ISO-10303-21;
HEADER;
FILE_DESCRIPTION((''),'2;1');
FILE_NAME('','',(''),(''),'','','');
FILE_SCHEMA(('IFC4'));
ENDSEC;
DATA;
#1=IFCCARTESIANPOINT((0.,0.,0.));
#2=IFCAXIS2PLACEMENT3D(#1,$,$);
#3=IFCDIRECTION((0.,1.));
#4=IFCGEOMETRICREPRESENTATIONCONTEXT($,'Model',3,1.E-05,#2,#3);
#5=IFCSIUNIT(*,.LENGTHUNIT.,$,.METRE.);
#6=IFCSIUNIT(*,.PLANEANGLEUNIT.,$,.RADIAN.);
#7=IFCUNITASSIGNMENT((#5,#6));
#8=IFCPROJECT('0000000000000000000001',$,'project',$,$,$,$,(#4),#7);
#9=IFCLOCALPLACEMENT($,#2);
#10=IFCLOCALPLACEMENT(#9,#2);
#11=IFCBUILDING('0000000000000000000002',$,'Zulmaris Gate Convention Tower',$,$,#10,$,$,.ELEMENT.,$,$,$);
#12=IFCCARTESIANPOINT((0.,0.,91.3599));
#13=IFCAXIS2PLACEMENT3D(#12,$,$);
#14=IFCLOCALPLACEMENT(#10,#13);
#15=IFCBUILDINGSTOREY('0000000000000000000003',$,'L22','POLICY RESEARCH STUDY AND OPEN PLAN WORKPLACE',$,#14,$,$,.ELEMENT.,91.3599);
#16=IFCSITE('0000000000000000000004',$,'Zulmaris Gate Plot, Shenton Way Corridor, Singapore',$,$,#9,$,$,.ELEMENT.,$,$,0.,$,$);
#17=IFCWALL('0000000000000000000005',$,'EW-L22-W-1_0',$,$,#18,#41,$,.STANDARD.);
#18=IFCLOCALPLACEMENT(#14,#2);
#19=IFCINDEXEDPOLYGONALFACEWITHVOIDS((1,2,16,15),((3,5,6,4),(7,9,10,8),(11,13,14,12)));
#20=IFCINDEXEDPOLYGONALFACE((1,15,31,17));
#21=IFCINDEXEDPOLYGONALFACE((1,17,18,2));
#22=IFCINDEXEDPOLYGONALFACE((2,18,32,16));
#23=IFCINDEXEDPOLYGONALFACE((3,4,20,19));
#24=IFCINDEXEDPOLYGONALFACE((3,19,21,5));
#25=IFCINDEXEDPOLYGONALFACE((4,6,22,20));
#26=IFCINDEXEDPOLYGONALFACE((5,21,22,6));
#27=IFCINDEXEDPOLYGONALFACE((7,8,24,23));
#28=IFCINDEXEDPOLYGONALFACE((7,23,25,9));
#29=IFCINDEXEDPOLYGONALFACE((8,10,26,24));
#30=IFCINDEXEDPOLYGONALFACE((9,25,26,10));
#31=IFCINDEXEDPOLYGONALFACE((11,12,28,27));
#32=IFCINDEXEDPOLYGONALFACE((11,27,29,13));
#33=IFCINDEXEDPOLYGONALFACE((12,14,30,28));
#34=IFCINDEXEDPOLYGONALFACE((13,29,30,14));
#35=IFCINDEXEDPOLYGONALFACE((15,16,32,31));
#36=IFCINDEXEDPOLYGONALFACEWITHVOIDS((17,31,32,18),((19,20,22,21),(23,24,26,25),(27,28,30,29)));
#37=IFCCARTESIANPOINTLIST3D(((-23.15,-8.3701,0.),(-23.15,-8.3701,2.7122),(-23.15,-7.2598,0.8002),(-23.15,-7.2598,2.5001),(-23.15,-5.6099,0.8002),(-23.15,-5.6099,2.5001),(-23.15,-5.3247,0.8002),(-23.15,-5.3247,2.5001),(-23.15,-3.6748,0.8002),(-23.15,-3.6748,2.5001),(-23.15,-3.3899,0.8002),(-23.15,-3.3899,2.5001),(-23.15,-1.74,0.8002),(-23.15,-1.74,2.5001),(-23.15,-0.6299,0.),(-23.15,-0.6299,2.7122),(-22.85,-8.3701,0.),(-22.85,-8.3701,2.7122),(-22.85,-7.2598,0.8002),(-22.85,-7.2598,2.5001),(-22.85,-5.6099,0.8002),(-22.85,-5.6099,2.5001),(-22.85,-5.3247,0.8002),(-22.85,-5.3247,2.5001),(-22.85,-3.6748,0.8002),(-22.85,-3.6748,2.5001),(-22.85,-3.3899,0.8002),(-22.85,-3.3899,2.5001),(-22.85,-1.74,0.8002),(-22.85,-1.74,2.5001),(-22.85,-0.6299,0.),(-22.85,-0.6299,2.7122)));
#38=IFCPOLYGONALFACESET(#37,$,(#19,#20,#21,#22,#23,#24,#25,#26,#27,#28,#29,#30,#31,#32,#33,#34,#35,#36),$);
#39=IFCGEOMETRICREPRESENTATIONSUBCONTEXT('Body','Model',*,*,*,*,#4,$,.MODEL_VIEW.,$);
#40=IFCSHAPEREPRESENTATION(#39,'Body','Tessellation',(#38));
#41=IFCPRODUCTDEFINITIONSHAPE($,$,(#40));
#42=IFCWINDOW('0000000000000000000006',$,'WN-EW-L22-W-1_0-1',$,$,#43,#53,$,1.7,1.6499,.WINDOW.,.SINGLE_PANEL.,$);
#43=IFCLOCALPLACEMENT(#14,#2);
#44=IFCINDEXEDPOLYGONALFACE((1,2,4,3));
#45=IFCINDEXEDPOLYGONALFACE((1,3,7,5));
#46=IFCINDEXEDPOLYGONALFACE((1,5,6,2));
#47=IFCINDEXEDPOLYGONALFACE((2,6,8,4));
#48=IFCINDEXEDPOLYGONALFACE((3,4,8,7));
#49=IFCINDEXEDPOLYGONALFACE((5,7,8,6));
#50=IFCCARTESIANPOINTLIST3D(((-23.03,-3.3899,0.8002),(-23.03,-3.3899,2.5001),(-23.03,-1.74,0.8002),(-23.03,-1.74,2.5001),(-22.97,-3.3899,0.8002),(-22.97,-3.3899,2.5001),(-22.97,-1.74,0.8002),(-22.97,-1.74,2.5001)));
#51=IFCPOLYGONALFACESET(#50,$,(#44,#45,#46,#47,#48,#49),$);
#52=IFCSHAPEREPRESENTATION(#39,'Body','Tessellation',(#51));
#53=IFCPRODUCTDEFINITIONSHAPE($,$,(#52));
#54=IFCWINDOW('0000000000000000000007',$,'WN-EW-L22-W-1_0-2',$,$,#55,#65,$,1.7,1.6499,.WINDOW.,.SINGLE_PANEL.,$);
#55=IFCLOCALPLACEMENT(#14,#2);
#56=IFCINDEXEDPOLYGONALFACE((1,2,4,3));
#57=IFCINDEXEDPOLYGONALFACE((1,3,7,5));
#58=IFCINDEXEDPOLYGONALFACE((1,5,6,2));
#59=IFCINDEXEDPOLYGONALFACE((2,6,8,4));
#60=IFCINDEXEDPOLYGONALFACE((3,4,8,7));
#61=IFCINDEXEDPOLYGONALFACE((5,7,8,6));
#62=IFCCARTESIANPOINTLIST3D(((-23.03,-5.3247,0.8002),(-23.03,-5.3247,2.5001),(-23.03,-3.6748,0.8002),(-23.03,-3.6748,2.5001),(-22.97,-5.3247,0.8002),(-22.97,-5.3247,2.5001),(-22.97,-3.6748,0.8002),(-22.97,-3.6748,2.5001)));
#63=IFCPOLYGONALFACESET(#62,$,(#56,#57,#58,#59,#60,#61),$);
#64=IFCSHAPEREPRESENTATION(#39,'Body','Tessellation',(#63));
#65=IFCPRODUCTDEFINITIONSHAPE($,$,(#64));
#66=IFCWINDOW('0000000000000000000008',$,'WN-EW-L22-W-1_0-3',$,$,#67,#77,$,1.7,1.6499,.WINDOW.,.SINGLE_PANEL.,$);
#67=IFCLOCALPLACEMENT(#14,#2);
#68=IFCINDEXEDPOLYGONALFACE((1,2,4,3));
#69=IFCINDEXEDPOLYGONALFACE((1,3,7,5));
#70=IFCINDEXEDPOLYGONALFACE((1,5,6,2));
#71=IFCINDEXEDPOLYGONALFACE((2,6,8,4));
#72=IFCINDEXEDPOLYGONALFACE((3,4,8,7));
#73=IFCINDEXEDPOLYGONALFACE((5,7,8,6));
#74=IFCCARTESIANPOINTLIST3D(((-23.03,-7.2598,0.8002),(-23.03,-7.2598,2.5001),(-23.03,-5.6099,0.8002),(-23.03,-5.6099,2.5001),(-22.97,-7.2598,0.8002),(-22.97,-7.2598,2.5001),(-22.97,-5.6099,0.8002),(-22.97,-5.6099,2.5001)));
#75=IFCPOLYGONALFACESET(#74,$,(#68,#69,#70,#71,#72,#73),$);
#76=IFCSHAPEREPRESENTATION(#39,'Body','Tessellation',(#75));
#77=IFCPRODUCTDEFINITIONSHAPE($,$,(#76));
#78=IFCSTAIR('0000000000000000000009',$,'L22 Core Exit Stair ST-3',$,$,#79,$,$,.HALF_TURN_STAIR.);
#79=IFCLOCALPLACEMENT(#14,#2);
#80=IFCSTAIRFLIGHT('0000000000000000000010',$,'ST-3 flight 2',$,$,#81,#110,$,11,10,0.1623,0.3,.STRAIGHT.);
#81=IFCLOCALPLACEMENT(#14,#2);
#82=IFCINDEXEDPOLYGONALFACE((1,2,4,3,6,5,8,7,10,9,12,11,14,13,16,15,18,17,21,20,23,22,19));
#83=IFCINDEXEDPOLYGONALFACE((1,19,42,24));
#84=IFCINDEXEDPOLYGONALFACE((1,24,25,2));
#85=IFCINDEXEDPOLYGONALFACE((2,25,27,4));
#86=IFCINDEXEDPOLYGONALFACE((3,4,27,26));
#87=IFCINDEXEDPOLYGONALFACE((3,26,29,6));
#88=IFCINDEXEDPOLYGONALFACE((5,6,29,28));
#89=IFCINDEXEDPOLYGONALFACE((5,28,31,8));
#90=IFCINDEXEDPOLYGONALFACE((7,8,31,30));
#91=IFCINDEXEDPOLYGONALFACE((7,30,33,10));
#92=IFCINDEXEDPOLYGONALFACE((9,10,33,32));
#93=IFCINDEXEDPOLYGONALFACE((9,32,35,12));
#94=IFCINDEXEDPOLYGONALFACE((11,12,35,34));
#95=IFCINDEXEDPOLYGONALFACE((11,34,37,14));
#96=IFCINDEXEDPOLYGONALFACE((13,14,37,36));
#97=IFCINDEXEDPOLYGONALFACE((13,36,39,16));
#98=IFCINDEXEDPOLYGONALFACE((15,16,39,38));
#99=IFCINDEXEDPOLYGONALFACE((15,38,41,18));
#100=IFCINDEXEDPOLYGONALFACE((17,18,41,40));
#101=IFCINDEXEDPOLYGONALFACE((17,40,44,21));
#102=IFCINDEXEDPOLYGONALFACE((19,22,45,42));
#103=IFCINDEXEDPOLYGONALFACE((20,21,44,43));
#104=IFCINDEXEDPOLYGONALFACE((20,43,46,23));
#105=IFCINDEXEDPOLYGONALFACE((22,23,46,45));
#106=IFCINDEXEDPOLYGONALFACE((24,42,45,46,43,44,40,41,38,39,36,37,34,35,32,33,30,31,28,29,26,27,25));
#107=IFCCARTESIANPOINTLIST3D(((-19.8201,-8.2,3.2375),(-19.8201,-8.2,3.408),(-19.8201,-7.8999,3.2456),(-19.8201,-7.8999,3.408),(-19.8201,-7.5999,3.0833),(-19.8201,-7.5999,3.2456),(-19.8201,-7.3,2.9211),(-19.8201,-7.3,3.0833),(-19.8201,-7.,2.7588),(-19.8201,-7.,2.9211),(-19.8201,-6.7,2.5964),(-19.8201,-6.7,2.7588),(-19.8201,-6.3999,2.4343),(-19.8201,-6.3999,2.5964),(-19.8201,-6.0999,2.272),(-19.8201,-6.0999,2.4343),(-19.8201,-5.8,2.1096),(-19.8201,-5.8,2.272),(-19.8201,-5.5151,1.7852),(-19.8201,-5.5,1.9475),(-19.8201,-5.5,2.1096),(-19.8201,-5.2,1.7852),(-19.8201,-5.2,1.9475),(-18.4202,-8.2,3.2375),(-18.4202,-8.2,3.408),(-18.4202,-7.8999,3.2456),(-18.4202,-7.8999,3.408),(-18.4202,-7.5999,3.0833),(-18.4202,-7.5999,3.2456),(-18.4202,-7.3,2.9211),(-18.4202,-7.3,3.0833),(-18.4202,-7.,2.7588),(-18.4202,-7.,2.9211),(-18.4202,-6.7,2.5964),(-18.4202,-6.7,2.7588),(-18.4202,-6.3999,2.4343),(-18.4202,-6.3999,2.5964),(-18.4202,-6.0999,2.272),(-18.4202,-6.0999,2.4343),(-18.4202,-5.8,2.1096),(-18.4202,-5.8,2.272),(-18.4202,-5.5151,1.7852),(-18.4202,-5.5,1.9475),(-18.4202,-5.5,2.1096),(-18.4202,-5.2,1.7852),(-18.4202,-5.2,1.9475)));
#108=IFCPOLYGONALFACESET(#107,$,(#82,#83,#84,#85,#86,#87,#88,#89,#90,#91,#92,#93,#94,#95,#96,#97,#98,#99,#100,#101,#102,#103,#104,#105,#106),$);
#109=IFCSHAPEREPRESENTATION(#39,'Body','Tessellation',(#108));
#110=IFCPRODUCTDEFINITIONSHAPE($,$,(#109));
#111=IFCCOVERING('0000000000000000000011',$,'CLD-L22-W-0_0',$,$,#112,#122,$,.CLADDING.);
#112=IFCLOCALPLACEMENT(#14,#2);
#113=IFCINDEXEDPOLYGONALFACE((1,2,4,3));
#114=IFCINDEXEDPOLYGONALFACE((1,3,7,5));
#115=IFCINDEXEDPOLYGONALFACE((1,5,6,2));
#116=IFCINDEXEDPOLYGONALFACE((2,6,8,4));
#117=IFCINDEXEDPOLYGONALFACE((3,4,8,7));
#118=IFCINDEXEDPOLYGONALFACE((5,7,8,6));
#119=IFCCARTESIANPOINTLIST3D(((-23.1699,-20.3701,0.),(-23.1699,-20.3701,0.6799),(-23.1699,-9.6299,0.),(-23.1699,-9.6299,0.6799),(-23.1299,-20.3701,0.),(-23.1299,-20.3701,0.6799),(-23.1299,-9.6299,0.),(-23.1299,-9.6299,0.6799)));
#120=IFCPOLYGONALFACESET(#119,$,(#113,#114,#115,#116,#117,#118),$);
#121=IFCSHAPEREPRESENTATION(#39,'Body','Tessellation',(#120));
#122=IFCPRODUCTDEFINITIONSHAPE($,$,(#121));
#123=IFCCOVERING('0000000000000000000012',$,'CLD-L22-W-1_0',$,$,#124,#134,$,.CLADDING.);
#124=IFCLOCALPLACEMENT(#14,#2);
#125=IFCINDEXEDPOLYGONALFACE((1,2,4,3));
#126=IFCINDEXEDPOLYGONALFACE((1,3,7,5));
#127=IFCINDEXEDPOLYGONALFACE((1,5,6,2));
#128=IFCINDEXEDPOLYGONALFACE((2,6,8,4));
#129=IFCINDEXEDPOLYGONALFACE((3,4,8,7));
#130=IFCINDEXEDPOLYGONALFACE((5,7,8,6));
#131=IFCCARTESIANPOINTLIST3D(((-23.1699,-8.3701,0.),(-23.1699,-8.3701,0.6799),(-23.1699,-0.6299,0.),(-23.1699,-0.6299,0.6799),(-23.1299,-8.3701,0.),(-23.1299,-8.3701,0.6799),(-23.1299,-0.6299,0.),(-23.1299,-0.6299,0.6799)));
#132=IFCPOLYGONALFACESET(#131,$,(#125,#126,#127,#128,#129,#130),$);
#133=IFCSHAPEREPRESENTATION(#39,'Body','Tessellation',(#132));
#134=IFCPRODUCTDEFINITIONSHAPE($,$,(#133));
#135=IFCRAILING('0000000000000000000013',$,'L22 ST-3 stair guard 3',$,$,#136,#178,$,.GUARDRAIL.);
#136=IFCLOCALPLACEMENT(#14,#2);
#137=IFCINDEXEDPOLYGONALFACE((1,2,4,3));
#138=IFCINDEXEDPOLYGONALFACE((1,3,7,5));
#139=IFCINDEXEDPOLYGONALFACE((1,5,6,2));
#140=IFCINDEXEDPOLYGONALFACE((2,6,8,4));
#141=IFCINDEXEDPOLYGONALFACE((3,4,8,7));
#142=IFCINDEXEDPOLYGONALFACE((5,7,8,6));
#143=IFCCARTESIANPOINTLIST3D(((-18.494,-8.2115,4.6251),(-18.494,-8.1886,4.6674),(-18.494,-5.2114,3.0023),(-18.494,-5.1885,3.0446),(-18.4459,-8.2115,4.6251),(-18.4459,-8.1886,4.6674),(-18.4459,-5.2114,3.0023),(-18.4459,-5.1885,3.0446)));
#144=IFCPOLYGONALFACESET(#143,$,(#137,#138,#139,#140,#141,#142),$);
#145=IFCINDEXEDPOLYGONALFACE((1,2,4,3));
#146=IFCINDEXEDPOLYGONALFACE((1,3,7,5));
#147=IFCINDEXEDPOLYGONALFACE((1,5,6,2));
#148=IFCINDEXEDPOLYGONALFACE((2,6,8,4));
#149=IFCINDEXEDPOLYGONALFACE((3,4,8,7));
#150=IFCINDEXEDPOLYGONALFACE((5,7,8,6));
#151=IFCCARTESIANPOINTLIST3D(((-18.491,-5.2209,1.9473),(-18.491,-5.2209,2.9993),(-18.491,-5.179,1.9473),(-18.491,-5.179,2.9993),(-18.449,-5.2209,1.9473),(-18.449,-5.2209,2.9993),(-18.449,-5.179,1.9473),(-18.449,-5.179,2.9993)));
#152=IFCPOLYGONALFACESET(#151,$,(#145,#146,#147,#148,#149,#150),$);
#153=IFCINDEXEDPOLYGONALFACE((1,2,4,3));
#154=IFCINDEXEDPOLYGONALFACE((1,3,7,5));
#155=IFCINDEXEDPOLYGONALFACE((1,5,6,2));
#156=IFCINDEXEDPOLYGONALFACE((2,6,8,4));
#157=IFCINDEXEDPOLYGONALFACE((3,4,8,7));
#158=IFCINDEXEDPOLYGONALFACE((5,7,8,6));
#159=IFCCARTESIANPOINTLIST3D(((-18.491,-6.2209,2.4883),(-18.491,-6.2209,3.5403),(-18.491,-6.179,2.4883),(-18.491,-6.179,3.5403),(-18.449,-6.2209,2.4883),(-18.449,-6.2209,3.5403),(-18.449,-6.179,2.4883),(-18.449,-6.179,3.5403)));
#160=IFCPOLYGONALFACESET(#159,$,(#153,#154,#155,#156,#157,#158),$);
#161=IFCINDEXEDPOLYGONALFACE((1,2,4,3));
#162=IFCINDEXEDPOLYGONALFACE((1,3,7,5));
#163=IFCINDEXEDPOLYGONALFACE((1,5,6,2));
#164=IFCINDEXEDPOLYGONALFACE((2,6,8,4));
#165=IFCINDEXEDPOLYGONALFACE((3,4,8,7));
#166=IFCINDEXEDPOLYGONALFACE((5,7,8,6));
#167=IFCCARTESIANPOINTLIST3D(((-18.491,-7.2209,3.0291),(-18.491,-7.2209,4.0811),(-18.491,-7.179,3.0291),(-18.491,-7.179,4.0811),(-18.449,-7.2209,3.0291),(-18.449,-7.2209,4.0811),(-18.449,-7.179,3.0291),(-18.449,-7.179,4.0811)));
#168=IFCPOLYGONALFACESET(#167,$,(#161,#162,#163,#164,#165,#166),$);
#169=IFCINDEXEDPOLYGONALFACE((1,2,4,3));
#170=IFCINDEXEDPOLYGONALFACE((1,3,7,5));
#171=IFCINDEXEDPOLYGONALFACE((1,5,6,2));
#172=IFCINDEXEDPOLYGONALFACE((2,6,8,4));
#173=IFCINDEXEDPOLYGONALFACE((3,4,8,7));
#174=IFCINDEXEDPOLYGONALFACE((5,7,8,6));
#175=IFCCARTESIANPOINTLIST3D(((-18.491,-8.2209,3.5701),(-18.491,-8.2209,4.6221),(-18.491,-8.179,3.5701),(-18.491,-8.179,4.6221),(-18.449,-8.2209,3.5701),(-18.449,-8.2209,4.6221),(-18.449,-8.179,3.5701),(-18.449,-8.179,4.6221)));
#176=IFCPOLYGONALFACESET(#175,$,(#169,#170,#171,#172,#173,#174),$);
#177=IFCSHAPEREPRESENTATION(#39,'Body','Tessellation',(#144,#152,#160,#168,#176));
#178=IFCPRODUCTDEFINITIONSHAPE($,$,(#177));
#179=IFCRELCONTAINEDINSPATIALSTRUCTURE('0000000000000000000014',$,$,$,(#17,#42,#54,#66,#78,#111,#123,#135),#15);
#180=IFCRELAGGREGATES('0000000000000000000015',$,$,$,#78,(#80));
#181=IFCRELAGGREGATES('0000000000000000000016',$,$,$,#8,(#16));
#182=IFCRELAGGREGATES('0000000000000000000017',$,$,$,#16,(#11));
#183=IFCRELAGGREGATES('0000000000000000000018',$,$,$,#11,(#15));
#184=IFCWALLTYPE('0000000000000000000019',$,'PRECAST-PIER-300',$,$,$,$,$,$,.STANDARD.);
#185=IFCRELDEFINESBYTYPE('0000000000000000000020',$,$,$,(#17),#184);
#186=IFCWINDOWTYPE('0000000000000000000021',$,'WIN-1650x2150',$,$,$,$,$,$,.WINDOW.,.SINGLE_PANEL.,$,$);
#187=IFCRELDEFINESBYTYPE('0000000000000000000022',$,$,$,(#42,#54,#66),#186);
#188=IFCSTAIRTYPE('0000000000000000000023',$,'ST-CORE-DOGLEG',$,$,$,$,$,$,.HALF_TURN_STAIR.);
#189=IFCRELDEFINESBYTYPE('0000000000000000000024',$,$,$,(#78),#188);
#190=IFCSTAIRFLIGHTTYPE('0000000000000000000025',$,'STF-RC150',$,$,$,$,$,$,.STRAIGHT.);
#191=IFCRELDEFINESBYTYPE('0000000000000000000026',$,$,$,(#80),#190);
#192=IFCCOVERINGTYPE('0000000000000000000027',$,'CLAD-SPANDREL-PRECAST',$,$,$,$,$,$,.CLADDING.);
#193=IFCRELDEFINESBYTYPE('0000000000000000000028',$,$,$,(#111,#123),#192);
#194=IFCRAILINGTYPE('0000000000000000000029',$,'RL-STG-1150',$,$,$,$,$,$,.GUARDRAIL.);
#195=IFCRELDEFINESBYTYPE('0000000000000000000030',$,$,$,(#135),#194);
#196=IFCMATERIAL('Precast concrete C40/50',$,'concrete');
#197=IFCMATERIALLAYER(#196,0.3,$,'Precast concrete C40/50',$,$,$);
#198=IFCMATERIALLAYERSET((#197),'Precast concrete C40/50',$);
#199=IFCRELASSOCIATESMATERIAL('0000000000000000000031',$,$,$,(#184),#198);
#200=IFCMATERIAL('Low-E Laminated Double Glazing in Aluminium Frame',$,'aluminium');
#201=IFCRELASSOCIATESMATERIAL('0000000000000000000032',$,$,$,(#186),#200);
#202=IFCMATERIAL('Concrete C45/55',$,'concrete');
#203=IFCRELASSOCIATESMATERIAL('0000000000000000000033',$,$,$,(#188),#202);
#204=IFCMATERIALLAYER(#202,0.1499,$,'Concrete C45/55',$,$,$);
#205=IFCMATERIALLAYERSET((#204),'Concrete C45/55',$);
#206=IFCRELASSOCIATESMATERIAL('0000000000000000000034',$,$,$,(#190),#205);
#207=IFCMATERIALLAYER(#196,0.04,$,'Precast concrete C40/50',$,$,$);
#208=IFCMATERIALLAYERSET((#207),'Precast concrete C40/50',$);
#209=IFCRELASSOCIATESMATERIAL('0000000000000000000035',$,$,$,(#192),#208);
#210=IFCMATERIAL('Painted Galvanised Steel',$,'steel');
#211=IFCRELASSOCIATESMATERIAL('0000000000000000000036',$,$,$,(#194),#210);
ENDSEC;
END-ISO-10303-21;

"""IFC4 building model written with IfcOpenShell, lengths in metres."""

from ifc_helpers import new_model, si_unit, direction, frame, frame_2d, origin, origin_2d, place, context, subcontext, project, spatial, polyline, rectangle, outline, extrude, material, layer, layer_set, type_object, element, fill, aggregate, save


model = new_model("IFC4")

# Units and contexts
model_context = context("Model", 3, precision=1e-05, world=origin(), true_north=direction((0.0, 1.0)))
body_context = subcontext(model_context, "Body", "Model", "MODEL_VIEW")
ifc_project = project(units=[si_unit("LENGTHUNIT", "METRE"), si_unit("PLANEANGLEUNIT", "RADIAN")], contexts=[model_context])

# Site, building, storey
site_placement = place(None, origin())
site = spatial("IfcSite", under=ifc_project, at=site_placement, Name="Zulmaris Gate Plot, Shenton Way Corridor, Singapore", CompositionType="ELEMENT", RefElevation=0.0)
building_placement = place(site_placement, origin())
building = spatial("IfcBuilding", under=site, at=building_placement, Name="Zulmaris Gate Convention Tower", CompositionType="ELEMENT")
storey_placement = place(building_placement, frame((0.0, 0.0, 91.3599)))
storey = spatial("IfcBuildingStorey", under=building, at=storey_placement, Name="L22", Description="POLICY RESEARCH STUDY AND OPEN PLAN WORKPLACE", CompositionType="ELEMENT", Elevation=91.3599)

# Shared definitions
ifc_material_1 = material(Name="Precast concrete C40/50", Category="concrete")
ifc_layer_1 = layer(ifc_material_1, 0.3, Name="Precast concrete C40/50")
ifc_layer_set_1 = layer_set([ifc_layer_1], Name="Precast concrete C40/50")
wall_type_1 = type_object("IfcWallType", Name="PRECAST-PIER-300", PredefinedType="STANDARD", material=ifc_layer_set_1)

# Wall, openings, windows
wall_1_placement = place(storey_placement, frame((-23.0, -0.6299, 0.0), z_axis=(0.0, 0.0, 1.0), x_axis=(0.0, -1.0, 0.0)))
wall_1 = element("IfcWall", 1, at=wall_1_placement, inside=storey, type_object=wall_type_1, Name="EW-L22-W-1_0", PredefinedType="STANDARD", context=body_context, shape_type="SweptSolid", body=[
    extrude(rectangle(XDim=7.7402, YDim=0.3, at=frame_2d((3.8701, 0.0))), origin(), (0.0, 0.0, 1.0), 2.7122),
])
opening_1_placement = place(wall_1_placement, frame((1.1101, 0.0, 0.8)))
opening_1 = element("IfcOpeningElement", 2, at=opening_1_placement, cuts=wall_1, PredefinedType="OPENING", context=body_context, shape_type="SweptSolid", body=[
    extrude(rectangle(XDim=1.6499, YDim=1.7, at=frame_2d((0.825, 0.8501))), frame((0.0, 0.1602, 0.0), z_axis=(0.0, -1.0, 0.0), x_axis=(1.0, 0.0, 0.0)), (0.0, 0.0, 1.0), 0.3201),
])
opening_2_placement = place(wall_1_placement, frame((3.0449, 0.0, 0.8)))
opening_2 = element("IfcOpeningElement", 3, at=opening_2_placement, cuts=wall_1, PredefinedType="OPENING", context=body_context, shape_type="SweptSolid", body=[
    extrude(rectangle(XDim=1.6499, YDim=1.7, at=frame_2d((0.825, 0.8501))), frame((0.0, 0.1602, 0.0), z_axis=(0.0, -1.0, 0.0), x_axis=(1.0, 0.0, 0.0)), (0.0, 0.0, 1.0), 0.3201),
])
opening_3_placement = place(wall_1_placement, frame((4.98, 0.0, 0.8)))
opening_3 = element("IfcOpeningElement", 4, at=opening_3_placement, cuts=wall_1, PredefinedType="OPENING", context=body_context, shape_type="SweptSolid", body=[
    extrude(rectangle(XDim=1.6499, YDim=1.7, at=frame_2d((0.825, 0.8501))), frame((0.0, 0.1602, 0.0), z_axis=(0.0, -1.0, 0.0), x_axis=(1.0, 0.0, 0.0)), (0.0, 0.0, 1.0), 0.3201),
])
ifc_material_2 = material(Name="Low-E Laminated Double Glazing in Aluminium Frame", Category="aluminium")
window_type = type_object("IfcWindowType", Name="WIN-1650x2150", PartitioningType="SINGLE_PANEL", PredefinedType="WINDOW", material=ifc_material_2)
window_1_placement = place(opening_1_placement, origin())
window_1 = element("IfcWindow", 5, at=window_1_placement, inside=storey, type_object=window_type, Name="WN-EW-L22-W-1_0-1", OverallHeight=1.7, OverallWidth=1.6499, PartitioningType="SINGLE_PANEL", PredefinedType="WINDOW", context=body_context, shape_type="SweptSolid", body=[
    extrude(rectangle(XDim=1.6499, YDim=1.7, at=frame_2d((0.825, 0.8501))), frame((0.0, 0.03, 0.0), z_axis=(0.0, -1.0, 0.0), x_axis=(1.0, 0.0, 0.0)), (0.0, 0.0, 1.0), 0.0601),
])
fill(opening_1, window_1)
window_2_placement = place(opening_2_placement, origin())
window_2 = element("IfcWindow", 6, at=window_2_placement, inside=storey, type_object=window_type, Name="WN-EW-L22-W-1_0-2", OverallHeight=1.7, OverallWidth=1.6499, PartitioningType="SINGLE_PANEL", PredefinedType="WINDOW", context=body_context, shape_type="SweptSolid", body=[
    extrude(rectangle(XDim=1.6499, YDim=1.7, at=frame_2d((0.825, 0.8501))), frame((0.0, 0.03, 0.0), z_axis=(0.0, -1.0, 0.0), x_axis=(1.0, 0.0, 0.0)), (0.0, 0.0, 1.0), 0.0601),
])
fill(opening_2, window_2)
window_3_placement = place(opening_3_placement, origin())
window_3 = element("IfcWindow", 7, at=window_3_placement, inside=storey, type_object=window_type, Name="WN-EW-L22-W-1_0-3", OverallHeight=1.7, OverallWidth=1.6499, PartitioningType="SINGLE_PANEL", PredefinedType="WINDOW", context=body_context, shape_type="SweptSolid", body=[
    extrude(rectangle(XDim=1.6499, YDim=1.7, at=frame_2d((0.825, 0.8501))), frame((0.0, 0.03, 0.0), z_axis=(0.0, -1.0, 0.0), x_axis=(1.0, 0.0, 0.0)), (0.0, 0.0, 1.0), 0.0601),
])
fill(opening_3, window_3)

# Stair, stair flight
ifc_material_3 = material(Name="Concrete C45/55", Category="concrete")
stair_type = type_object("IfcStairType", Name="ST-CORE-DOGLEG", PredefinedType="HALF_TURN_STAIR", material=ifc_material_3)
stair_placement = place(storey_placement, origin())
stair = element("IfcStair", 8, at=stair_placement, inside=storey, type_object=stair_type, Name="L22 Core Exit Stair ST-3", PredefinedType="HALF_TURN_STAIR")
ifc_layer_2 = layer(ifc_material_3, 0.1499, Name="Concrete C45/55")
ifc_layer_set_2 = layer_set([ifc_layer_2], Name="Concrete C45/55")
stair_flight_type = type_object("IfcStairFlightType", Name="STF-RC150", PredefinedType="STRAIGHT", material=ifc_layer_set_2)
stair_flight_placement = place(storey_placement, frame((-19.1201, -5.2, 1.7852), z_axis=(0.0, 0.0, 1.0), x_axis=(0.0, -1.0, 0.0)))
stair_flight = element("IfcStairFlight", 9, at=stair_flight_placement, type_object=stair_flight_type, Name="ST-3 flight 2", NumberOfRisers=11, NumberOfTreads=10, PredefinedType="STRAIGHT", RiserHeight=0.1623, TreadLength=0.3, context=body_context, shape_type="SweptSolid", body=[
    extrude(outline(polyline([(0.0, 0.0), (0.0, 0.1624), (0.3, 0.1624), (0.3, 0.3245), (0.6001, 0.3245), (0.6001, 0.4868), (0.8999, 0.4868), (0.8999, 0.6492), (1.2, 0.6492), (1.2, 0.8113), (1.5, 0.8113), (1.5, 0.9736), (1.8, 0.9736), (1.8, 1.136), (2.1001, 1.136), (2.1001, 1.2981), (2.3999, 1.2981), (2.3999, 1.4604), (2.7, 1.4604), (2.7, 1.6228), (3.0, 1.6228), (3.0, 1.7849), (3.0, 1.4524), (0.3152, 0.0), (0.0, 0.0)])), frame((0.0, 0.7, 0.0), z_axis=(0.0, -1.0, 0.0), x_axis=(1.0, 0.0, 0.0)), (0.0, 0.0, 1.0), 1.3999),
])
aggregate(stair, [stair_flight])

# Coverings
ifc_layer_3 = layer(ifc_material_1, 0.04, Name="Precast concrete C40/50")
ifc_layer_set_3 = layer_set([ifc_layer_3], Name="Precast concrete C40/50")
covering_type = type_object("IfcCoveringType", Name="CLAD-SPANDREL-PRECAST", PredefinedType="CLADDING", material=ifc_layer_set_3)
covering_1_placement = place(storey_placement, frame((-23.1499, -9.6299, 0.0), z_axis=(0.0, 0.0, 1.0), x_axis=(0.0, -1.0, 0.0)))
element("IfcCovering", 10, at=covering_1_placement, inside=storey, type_object=covering_type, Name="CLD-L22-W-0_0", PredefinedType="CLADDING", context=body_context, shape_type="SweptSolid", body=[
    extrude(rectangle(XDim=10.7402, YDim=0.04, at=frame_2d((5.3701, 0.0))), origin(), (0.0, 0.0, 1.0), 0.6799),
])
covering_2_placement = place(storey_placement, frame((-23.1499, -0.6299, 0.0), z_axis=(0.0, 0.0, 1.0), x_axis=(0.0, -1.0, 0.0)))
element("IfcCovering", 11, at=covering_2_placement, inside=storey, type_object=covering_type, Name="CLD-L22-W-1_0", PredefinedType="CLADDING", context=body_context, shape_type="SweptSolid", body=[
    extrude(rectangle(XDim=7.7402, YDim=0.04, at=frame_2d((3.8701, 0.0))), origin(), (0.0, 0.0, 1.0), 0.6799),
])

# Railing
ifc_material_4 = material(Name="Painted Galvanised Steel", Category="steel")
railing_type_1 = type_object("IfcRailingType", Name="RL-STG-1150", PredefinedType="GUARDRAIL", material=ifc_material_4)
railing_1_placement = place(storey_placement, frame((-18.47, -5.2, 1.9473)))
element("IfcRailing", 12, at=railing_1_placement, inside=storey, type_object=railing_type_1, Name="L22 ST-3 stair guard 3", PredefinedType="GUARDRAIL", context=body_context, shape_type="SweptSolid", body=[
    extrude(rectangle(XDim=0.0481, YDim=0.0481, at=origin_2d()), frame((0.0, 0.0, 1.0762), z_axis=(0.0, -0.879562, 0.475785), x_axis=(1.0, 0.0, 0.0)), (0.0, 0.0, 1.0), 3.4109),
    extrude(rectangle(XDim=0.042, YDim=0.042, at=origin_2d()), origin(), (0.0, 0.0, 1.0), 1.052),
    extrude(rectangle(XDim=0.042, YDim=0.042, at=origin_2d()), frame((0.0, -1.0, 0.541)), (0.0, 0.0, 1.0), 1.052),
    extrude(rectangle(XDim=0.042, YDim=0.042, at=origin_2d()), frame((0.0, -2.0, 1.0818)), (0.0, 0.0, 1.0), 1.052),
    extrude(rectangle(XDim=0.042, YDim=0.042, at=origin_2d()), frame((0.0, -3.0, 1.6228)), (0.0, 0.0, 1.0), 1.052),
])

save(model, "model.ifc")
